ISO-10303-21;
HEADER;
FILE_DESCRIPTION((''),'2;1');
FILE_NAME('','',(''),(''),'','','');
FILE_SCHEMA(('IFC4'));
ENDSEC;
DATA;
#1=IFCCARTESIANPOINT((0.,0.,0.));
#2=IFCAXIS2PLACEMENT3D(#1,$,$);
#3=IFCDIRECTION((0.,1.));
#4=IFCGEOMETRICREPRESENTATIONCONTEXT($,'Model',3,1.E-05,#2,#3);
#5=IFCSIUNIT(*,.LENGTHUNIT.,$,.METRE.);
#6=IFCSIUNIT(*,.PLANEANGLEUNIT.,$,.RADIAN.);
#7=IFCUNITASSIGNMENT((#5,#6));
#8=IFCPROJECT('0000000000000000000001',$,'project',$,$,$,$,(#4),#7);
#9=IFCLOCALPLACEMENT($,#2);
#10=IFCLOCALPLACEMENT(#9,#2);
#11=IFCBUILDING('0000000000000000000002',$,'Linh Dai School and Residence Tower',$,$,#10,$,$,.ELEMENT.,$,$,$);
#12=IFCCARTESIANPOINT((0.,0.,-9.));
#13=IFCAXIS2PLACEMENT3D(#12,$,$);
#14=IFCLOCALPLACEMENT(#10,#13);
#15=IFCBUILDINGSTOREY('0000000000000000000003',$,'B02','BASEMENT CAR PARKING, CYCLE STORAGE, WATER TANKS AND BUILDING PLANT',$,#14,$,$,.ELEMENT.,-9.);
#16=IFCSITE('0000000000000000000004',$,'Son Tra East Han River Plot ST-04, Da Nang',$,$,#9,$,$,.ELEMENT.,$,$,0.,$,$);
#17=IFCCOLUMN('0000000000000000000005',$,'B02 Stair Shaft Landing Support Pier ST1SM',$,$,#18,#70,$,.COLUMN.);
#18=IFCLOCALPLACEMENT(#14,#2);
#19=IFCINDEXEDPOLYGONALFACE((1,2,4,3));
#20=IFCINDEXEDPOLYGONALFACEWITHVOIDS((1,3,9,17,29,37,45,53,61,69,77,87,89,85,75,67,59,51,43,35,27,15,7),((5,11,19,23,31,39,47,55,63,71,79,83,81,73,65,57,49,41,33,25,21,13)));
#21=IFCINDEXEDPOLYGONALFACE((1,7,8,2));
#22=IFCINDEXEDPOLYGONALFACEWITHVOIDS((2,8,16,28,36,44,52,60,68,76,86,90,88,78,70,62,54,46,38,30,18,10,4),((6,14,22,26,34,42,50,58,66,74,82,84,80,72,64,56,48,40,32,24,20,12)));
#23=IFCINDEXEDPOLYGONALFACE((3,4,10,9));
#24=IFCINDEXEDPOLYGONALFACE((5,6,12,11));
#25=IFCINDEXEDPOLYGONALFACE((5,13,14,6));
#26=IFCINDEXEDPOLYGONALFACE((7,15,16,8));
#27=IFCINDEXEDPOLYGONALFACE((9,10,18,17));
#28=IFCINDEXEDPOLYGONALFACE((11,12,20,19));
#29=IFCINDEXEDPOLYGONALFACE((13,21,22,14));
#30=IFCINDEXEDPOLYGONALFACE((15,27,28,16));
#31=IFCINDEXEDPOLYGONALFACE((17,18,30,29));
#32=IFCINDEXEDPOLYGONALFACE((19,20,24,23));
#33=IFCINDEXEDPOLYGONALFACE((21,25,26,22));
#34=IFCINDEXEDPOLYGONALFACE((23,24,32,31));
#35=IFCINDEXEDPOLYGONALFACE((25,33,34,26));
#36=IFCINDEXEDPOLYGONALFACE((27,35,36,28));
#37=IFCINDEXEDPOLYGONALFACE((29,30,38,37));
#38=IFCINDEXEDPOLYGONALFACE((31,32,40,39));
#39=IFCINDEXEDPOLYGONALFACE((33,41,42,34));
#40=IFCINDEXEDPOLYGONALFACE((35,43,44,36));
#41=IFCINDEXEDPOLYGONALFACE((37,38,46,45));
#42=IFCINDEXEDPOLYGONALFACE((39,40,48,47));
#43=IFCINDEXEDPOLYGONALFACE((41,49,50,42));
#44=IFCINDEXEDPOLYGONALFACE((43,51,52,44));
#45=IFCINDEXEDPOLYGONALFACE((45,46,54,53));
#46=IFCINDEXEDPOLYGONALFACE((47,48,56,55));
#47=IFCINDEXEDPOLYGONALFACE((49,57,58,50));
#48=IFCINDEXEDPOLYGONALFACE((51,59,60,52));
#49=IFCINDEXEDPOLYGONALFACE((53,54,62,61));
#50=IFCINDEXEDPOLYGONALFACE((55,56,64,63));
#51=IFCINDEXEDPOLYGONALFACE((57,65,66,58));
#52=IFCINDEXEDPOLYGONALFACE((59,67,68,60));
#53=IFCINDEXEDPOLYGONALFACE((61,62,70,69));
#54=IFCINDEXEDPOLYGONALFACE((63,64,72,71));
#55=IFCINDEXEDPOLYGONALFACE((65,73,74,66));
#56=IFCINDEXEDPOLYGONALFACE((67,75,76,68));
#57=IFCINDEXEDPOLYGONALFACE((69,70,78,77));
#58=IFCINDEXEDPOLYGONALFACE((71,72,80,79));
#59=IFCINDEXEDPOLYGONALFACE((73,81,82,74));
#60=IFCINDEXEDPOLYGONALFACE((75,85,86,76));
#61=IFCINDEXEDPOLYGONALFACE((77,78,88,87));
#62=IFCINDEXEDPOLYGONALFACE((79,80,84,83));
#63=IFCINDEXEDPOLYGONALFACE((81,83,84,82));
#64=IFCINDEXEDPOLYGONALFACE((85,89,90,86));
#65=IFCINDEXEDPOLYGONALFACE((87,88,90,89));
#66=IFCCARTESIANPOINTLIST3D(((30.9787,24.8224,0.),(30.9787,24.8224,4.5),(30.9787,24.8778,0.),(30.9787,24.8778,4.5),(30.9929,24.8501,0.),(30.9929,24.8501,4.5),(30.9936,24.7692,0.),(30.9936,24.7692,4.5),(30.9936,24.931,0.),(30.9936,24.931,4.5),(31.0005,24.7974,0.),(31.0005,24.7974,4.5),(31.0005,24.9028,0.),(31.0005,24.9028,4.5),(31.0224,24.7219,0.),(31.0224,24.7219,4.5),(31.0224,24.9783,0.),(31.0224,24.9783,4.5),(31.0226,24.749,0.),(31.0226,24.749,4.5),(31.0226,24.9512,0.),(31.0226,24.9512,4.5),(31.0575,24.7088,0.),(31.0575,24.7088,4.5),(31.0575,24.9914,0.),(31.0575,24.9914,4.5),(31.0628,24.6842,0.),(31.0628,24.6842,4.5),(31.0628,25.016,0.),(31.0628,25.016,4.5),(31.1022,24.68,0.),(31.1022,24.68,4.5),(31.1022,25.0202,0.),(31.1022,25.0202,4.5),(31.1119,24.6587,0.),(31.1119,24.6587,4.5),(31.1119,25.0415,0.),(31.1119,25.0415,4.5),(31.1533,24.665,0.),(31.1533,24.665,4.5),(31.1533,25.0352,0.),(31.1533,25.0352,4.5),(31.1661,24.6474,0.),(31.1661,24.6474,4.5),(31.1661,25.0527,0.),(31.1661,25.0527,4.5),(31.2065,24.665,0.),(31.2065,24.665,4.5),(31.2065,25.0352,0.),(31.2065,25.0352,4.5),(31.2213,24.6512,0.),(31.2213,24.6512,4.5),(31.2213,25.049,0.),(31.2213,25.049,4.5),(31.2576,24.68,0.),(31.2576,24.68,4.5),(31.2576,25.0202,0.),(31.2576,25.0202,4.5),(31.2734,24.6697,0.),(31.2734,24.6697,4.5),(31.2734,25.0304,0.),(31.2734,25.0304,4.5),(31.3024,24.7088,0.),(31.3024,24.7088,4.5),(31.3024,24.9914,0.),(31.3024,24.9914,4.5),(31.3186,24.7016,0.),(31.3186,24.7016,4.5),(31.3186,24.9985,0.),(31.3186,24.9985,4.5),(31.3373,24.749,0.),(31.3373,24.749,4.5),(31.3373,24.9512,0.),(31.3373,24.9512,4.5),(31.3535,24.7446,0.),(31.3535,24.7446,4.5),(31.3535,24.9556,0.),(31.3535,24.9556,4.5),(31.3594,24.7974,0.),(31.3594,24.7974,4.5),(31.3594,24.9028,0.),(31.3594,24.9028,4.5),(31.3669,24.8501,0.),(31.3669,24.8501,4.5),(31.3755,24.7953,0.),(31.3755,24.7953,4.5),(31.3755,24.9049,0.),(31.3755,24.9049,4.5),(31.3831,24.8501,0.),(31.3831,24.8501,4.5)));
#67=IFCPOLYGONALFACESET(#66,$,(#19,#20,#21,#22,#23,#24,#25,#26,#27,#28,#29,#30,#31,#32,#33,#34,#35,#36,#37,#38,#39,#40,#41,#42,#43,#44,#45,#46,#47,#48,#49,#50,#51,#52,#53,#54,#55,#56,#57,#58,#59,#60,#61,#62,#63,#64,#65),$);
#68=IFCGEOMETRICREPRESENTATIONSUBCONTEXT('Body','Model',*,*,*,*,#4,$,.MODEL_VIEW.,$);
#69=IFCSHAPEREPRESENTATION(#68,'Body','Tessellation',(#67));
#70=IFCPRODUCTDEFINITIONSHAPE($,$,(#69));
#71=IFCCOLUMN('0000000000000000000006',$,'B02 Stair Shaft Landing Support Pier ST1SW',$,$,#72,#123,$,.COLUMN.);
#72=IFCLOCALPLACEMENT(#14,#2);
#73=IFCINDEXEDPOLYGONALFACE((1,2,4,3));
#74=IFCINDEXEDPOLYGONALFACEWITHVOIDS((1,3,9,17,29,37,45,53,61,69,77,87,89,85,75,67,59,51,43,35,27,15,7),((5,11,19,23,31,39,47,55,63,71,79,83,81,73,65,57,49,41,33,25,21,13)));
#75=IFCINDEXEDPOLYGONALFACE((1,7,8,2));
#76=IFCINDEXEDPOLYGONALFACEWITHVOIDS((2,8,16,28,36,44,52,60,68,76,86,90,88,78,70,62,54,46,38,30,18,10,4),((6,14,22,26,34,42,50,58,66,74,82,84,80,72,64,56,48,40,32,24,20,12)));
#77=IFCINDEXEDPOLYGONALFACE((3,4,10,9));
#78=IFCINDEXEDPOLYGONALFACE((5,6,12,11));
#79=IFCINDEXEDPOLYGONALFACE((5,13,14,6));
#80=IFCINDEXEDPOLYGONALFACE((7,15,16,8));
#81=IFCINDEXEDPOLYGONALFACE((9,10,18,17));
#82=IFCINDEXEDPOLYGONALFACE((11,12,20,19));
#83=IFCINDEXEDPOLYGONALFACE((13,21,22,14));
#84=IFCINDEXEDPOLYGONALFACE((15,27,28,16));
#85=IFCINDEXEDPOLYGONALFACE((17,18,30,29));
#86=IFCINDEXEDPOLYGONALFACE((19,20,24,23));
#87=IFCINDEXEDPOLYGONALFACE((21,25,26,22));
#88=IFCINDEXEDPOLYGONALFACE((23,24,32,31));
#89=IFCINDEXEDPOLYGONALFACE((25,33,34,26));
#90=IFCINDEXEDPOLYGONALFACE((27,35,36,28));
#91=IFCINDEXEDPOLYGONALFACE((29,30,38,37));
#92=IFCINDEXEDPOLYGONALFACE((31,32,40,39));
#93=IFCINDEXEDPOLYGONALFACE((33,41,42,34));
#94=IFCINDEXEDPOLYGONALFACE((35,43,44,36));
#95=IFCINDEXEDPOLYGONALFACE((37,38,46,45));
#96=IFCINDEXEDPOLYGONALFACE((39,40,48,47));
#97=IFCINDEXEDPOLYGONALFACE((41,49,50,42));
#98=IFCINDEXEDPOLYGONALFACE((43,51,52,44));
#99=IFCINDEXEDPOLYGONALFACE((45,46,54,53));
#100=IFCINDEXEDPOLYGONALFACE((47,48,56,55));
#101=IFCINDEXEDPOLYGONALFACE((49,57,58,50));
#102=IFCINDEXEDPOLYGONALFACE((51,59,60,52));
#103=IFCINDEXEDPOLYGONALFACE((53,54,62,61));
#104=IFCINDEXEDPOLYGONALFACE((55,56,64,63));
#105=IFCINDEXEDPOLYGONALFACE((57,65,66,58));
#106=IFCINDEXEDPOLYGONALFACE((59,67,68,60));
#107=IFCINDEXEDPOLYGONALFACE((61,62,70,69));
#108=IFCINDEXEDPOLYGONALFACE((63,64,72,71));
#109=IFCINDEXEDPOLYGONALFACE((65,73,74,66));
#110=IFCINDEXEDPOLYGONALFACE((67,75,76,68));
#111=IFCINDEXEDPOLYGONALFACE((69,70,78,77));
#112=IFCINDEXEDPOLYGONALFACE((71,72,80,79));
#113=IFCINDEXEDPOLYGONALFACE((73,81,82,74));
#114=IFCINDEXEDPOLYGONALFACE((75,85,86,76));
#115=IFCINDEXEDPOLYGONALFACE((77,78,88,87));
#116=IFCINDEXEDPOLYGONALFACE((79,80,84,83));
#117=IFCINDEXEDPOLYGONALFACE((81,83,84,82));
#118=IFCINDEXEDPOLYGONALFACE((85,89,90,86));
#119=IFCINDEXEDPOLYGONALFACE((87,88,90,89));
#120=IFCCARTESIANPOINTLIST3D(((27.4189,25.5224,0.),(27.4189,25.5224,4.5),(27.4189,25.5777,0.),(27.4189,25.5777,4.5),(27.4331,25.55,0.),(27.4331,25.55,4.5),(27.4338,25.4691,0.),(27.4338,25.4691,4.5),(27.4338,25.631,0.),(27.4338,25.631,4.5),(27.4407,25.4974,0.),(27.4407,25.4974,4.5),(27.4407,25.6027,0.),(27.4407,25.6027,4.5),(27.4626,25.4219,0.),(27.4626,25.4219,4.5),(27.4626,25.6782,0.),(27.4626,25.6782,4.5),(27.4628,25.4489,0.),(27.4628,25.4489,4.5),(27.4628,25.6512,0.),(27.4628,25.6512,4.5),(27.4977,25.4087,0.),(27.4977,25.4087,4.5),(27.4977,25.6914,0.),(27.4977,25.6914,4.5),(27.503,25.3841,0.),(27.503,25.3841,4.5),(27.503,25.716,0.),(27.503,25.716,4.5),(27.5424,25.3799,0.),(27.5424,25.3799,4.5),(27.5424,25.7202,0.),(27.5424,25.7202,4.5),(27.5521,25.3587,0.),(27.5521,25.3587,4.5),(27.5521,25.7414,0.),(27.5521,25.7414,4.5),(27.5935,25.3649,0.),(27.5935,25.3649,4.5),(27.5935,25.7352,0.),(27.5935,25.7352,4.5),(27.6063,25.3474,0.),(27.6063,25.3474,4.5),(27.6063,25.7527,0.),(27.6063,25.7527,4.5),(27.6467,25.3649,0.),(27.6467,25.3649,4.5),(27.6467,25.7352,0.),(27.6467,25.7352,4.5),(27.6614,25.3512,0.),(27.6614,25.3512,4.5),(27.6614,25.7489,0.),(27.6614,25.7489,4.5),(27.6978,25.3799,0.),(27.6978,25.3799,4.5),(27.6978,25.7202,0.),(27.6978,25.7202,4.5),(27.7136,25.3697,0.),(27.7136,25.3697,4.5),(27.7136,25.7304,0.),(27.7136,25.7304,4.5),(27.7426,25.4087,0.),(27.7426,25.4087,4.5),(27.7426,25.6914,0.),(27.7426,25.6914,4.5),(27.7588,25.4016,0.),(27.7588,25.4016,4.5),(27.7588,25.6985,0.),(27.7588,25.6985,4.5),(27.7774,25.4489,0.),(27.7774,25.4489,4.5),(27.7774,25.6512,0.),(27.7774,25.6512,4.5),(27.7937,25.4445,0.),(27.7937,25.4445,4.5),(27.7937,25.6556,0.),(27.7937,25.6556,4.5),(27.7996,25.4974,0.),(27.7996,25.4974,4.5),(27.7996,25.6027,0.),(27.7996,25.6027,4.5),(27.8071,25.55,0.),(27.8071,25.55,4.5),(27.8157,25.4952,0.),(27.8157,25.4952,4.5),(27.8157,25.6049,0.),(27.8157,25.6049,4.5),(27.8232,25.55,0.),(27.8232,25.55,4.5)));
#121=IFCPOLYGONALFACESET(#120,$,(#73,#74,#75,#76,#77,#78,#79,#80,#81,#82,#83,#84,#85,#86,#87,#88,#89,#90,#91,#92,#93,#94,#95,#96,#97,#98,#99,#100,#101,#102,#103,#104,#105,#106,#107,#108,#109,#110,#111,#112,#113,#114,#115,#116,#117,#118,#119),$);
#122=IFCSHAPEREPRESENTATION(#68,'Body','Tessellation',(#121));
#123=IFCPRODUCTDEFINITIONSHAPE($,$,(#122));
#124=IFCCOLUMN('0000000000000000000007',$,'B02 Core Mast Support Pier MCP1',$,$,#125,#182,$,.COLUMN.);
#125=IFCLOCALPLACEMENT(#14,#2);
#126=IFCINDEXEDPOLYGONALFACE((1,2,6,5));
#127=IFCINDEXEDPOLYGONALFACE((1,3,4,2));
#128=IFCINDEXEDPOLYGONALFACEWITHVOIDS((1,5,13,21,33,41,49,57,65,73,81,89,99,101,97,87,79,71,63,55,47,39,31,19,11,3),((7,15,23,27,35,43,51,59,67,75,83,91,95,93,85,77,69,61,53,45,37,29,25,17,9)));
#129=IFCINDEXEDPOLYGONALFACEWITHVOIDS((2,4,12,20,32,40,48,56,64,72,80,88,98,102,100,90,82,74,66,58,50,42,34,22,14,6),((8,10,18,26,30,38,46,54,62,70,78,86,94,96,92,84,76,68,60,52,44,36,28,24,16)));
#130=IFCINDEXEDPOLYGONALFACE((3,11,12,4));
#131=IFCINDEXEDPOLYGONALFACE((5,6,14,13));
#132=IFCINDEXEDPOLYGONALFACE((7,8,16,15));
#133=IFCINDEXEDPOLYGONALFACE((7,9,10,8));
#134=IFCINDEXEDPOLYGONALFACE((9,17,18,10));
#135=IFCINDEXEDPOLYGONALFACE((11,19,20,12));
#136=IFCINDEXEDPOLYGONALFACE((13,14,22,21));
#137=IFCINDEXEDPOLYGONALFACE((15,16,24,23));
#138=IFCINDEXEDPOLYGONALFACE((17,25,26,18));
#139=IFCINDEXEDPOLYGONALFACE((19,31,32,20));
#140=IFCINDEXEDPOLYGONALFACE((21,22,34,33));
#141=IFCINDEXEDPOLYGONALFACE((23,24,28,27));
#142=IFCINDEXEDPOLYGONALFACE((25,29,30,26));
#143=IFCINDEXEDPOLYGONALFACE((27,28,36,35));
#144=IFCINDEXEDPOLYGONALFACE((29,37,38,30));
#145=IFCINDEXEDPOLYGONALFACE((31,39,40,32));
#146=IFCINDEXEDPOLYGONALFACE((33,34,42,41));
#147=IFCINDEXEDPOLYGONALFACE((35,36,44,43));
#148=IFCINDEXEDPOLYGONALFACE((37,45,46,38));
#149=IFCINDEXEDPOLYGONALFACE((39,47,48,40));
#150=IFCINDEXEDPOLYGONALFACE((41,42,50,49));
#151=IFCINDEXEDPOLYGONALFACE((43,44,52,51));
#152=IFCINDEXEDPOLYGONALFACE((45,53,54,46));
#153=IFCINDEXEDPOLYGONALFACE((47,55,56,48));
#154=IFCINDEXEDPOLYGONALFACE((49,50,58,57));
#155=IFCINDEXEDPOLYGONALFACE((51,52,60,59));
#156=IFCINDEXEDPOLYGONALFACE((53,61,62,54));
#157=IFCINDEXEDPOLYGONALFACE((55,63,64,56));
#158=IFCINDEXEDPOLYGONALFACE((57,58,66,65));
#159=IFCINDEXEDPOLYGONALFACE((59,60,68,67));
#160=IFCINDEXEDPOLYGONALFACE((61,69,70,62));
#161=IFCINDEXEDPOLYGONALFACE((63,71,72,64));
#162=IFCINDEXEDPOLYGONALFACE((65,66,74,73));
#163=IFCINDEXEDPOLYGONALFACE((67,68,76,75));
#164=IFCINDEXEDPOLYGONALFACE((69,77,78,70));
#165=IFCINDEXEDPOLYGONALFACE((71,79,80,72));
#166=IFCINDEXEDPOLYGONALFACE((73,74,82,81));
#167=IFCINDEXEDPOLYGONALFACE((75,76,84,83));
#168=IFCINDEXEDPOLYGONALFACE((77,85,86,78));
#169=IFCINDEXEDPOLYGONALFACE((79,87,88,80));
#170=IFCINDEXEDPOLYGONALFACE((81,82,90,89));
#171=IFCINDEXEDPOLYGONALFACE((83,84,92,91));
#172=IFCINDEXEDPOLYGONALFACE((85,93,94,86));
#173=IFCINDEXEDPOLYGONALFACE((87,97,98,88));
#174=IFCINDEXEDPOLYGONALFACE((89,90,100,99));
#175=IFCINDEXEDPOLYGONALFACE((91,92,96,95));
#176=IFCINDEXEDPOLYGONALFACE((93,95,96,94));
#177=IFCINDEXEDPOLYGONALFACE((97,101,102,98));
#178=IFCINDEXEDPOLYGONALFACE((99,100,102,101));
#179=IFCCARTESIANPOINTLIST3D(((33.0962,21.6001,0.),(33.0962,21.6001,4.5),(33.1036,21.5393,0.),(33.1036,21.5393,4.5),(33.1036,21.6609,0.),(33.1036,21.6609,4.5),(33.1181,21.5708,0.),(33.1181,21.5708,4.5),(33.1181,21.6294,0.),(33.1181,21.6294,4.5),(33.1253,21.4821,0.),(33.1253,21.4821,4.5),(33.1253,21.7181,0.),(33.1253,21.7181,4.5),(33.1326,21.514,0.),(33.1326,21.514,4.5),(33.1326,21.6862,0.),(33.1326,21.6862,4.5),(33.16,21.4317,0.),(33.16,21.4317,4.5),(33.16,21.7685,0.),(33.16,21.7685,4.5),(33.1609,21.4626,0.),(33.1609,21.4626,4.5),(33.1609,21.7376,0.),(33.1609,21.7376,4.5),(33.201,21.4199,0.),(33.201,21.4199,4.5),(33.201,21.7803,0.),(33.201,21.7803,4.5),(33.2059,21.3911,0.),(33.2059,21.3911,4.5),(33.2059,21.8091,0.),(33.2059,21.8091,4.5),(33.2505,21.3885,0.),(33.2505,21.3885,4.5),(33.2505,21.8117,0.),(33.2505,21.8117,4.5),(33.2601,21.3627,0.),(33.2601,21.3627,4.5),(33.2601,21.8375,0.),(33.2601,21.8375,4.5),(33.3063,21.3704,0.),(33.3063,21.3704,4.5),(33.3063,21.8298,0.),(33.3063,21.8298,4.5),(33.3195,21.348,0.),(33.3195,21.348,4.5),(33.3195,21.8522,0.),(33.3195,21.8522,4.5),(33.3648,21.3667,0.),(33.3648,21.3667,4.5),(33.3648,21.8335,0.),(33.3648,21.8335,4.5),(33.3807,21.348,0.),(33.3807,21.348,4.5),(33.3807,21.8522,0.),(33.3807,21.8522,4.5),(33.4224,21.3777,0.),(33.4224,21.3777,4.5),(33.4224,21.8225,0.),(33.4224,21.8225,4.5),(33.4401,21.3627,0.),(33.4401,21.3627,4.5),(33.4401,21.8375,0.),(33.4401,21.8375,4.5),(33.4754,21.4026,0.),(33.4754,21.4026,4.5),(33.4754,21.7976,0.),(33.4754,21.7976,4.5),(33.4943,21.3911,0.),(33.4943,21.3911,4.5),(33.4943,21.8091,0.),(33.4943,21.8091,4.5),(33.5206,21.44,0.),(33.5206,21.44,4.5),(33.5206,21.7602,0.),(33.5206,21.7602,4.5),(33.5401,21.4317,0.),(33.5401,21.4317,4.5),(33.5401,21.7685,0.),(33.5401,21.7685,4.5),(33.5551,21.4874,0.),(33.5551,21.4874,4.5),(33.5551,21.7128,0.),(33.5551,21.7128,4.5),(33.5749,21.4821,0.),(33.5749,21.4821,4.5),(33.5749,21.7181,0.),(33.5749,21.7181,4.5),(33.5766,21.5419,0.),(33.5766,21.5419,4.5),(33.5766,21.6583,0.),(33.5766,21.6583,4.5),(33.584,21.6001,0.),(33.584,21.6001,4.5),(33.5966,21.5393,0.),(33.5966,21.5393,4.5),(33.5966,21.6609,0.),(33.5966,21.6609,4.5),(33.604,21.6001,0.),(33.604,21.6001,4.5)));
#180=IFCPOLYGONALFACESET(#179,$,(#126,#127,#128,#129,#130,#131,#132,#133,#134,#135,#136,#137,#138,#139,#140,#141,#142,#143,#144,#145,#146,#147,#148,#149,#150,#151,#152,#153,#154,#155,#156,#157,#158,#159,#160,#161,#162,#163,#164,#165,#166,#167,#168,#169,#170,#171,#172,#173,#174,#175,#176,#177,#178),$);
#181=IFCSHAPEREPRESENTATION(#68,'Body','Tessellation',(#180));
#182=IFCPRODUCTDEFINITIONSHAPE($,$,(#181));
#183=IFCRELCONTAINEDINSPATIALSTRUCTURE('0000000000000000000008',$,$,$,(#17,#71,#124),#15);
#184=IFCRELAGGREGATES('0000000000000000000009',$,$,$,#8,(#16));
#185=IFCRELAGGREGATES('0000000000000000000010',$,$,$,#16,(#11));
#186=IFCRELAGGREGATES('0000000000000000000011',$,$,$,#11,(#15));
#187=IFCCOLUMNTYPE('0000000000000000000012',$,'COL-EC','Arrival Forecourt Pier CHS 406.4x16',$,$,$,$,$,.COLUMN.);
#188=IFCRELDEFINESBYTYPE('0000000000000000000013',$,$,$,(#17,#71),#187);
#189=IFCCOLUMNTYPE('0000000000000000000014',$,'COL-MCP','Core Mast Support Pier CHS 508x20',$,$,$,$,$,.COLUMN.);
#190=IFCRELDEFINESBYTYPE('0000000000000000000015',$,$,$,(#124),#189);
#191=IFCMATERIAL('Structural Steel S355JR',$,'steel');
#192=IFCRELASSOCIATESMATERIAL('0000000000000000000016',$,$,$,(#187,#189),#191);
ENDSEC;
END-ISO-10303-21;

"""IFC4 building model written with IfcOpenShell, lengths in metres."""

from ifc_helpers import new_model, si_unit, direction, frame, origin, origin_2d, place, context, subcontext, project, spatial, hollow_circle, extrude, material, material_profile, profile_set, type_object, element, save


model = new_model("IFC4")

# Units and contexts
model_context = context("Model", 3, precision=1e-05, world=origin(), true_north=direction((0.0, 1.0)))
body_context = subcontext(model_context, "Body", "Model", "MODEL_VIEW")
ifc_project = project(units=[si_unit("LENGTHUNIT", "METRE"), si_unit("PLANEANGLEUNIT", "RADIAN")], contexts=[model_context])

# Site, building, storey
site_placement = place(None, origin())
site = spatial("IfcSite", under=ifc_project, at=site_placement, Name="Son Tra East Han River Plot ST-04, Da Nang", CompositionType="ELEMENT", RefElevation=0.0)
building_placement = place(site_placement, origin())
building = spatial("IfcBuilding", under=site, at=building_placement, Name="Linh Dai School and Residence Tower", CompositionType="ELEMENT")
storey_placement = place(building_placement, frame((0.0, 0.0, -9.0)))
storey = spatial("IfcBuildingStorey", under=building, at=storey_placement, Name="B02", Description="BASEMENT CAR PARKING, CYCLE STORAGE, WATER TANKS AND BUILDING PLANT", CompositionType="ELEMENT", Elevation=-9.0)

# Columns
ifc_material_1 = material(Name="Structural Steel S355JR", Category="steel")
ifc_material_profile_1 = material_profile(ifc_material_1, hollow_circle(Radius=0.2031, WallThickness=0.0161, at=origin_2d()), Name="CHS 406.4x16")
ifc_profile_set_1 = profile_set([ifc_material_profile_1], Name="Structural Steel S355JR")
column_type_1 = type_object("IfcColumnType", Name="COL-EC", Description="Arrival Forecourt Pier CHS 406.4x16", PredefinedType="COLUMN", material=ifc_profile_set_1)
for number, where, z_axis, x_axis, name in (
    (1, (31.1799, 24.8501, 0.0), (0.0, 0.0, 1.0), (1.0, 0.0, 0.0), "B02 Stair Shaft Landing Support Pier ST1SM"),
    (2, (27.6201, 25.55, 0.0), (0.0, 0.0, 1.0), (1.0, 0.0, 0.0), "B02 Stair Shaft Landing Support Pier ST1SW"),
):
    element("IfcColumn", number, at=place(storey_placement, frame(where, z_axis=z_axis, x_axis=x_axis)), inside=storey, type_object=column_type_1, Name=name, PredefinedType="COLUMN", context=body_context, shape_type="SweptSolid", body=[
        extrude(hollow_circle(Radius=0.2031, WallThickness=0.0161, at=origin_2d()), origin(), (0.0, 0.0, 1.0), 4.5),
    ])
ifc_material_profile_2 = material_profile(ifc_material_1, hollow_circle(Radius=0.2539, WallThickness=0.02, at=origin_2d()), Name="CHS 508x20")
ifc_profile_set_2 = profile_set([ifc_material_profile_2], Name="Structural Steel S355JR")
column_type_2 = type_object("IfcColumnType", Name="COL-MCP", Description="Core Mast Support Pier CHS 508x20", PredefinedType="COLUMN", material=ifc_profile_set_2)
column_placement = place(storey_placement, frame((33.3501, 21.6001, 0.0), z_axis=(0.0, 0.0, 1.0), x_axis=(1.0, 0.0, 0.0)))
element("IfcColumn", 3, at=column_placement, inside=storey, type_object=column_type_2, Name="B02 Core Mast Support Pier MCP1", PredefinedType="COLUMN", context=body_context, shape_type="SweptSolid", body=[
    extrude(hollow_circle(Radius=0.2539, WallThickness=0.02, at=origin_2d()), origin(), (0.0, 0.0, 1.0), 4.5),
])

save(model, "model.ifc")
